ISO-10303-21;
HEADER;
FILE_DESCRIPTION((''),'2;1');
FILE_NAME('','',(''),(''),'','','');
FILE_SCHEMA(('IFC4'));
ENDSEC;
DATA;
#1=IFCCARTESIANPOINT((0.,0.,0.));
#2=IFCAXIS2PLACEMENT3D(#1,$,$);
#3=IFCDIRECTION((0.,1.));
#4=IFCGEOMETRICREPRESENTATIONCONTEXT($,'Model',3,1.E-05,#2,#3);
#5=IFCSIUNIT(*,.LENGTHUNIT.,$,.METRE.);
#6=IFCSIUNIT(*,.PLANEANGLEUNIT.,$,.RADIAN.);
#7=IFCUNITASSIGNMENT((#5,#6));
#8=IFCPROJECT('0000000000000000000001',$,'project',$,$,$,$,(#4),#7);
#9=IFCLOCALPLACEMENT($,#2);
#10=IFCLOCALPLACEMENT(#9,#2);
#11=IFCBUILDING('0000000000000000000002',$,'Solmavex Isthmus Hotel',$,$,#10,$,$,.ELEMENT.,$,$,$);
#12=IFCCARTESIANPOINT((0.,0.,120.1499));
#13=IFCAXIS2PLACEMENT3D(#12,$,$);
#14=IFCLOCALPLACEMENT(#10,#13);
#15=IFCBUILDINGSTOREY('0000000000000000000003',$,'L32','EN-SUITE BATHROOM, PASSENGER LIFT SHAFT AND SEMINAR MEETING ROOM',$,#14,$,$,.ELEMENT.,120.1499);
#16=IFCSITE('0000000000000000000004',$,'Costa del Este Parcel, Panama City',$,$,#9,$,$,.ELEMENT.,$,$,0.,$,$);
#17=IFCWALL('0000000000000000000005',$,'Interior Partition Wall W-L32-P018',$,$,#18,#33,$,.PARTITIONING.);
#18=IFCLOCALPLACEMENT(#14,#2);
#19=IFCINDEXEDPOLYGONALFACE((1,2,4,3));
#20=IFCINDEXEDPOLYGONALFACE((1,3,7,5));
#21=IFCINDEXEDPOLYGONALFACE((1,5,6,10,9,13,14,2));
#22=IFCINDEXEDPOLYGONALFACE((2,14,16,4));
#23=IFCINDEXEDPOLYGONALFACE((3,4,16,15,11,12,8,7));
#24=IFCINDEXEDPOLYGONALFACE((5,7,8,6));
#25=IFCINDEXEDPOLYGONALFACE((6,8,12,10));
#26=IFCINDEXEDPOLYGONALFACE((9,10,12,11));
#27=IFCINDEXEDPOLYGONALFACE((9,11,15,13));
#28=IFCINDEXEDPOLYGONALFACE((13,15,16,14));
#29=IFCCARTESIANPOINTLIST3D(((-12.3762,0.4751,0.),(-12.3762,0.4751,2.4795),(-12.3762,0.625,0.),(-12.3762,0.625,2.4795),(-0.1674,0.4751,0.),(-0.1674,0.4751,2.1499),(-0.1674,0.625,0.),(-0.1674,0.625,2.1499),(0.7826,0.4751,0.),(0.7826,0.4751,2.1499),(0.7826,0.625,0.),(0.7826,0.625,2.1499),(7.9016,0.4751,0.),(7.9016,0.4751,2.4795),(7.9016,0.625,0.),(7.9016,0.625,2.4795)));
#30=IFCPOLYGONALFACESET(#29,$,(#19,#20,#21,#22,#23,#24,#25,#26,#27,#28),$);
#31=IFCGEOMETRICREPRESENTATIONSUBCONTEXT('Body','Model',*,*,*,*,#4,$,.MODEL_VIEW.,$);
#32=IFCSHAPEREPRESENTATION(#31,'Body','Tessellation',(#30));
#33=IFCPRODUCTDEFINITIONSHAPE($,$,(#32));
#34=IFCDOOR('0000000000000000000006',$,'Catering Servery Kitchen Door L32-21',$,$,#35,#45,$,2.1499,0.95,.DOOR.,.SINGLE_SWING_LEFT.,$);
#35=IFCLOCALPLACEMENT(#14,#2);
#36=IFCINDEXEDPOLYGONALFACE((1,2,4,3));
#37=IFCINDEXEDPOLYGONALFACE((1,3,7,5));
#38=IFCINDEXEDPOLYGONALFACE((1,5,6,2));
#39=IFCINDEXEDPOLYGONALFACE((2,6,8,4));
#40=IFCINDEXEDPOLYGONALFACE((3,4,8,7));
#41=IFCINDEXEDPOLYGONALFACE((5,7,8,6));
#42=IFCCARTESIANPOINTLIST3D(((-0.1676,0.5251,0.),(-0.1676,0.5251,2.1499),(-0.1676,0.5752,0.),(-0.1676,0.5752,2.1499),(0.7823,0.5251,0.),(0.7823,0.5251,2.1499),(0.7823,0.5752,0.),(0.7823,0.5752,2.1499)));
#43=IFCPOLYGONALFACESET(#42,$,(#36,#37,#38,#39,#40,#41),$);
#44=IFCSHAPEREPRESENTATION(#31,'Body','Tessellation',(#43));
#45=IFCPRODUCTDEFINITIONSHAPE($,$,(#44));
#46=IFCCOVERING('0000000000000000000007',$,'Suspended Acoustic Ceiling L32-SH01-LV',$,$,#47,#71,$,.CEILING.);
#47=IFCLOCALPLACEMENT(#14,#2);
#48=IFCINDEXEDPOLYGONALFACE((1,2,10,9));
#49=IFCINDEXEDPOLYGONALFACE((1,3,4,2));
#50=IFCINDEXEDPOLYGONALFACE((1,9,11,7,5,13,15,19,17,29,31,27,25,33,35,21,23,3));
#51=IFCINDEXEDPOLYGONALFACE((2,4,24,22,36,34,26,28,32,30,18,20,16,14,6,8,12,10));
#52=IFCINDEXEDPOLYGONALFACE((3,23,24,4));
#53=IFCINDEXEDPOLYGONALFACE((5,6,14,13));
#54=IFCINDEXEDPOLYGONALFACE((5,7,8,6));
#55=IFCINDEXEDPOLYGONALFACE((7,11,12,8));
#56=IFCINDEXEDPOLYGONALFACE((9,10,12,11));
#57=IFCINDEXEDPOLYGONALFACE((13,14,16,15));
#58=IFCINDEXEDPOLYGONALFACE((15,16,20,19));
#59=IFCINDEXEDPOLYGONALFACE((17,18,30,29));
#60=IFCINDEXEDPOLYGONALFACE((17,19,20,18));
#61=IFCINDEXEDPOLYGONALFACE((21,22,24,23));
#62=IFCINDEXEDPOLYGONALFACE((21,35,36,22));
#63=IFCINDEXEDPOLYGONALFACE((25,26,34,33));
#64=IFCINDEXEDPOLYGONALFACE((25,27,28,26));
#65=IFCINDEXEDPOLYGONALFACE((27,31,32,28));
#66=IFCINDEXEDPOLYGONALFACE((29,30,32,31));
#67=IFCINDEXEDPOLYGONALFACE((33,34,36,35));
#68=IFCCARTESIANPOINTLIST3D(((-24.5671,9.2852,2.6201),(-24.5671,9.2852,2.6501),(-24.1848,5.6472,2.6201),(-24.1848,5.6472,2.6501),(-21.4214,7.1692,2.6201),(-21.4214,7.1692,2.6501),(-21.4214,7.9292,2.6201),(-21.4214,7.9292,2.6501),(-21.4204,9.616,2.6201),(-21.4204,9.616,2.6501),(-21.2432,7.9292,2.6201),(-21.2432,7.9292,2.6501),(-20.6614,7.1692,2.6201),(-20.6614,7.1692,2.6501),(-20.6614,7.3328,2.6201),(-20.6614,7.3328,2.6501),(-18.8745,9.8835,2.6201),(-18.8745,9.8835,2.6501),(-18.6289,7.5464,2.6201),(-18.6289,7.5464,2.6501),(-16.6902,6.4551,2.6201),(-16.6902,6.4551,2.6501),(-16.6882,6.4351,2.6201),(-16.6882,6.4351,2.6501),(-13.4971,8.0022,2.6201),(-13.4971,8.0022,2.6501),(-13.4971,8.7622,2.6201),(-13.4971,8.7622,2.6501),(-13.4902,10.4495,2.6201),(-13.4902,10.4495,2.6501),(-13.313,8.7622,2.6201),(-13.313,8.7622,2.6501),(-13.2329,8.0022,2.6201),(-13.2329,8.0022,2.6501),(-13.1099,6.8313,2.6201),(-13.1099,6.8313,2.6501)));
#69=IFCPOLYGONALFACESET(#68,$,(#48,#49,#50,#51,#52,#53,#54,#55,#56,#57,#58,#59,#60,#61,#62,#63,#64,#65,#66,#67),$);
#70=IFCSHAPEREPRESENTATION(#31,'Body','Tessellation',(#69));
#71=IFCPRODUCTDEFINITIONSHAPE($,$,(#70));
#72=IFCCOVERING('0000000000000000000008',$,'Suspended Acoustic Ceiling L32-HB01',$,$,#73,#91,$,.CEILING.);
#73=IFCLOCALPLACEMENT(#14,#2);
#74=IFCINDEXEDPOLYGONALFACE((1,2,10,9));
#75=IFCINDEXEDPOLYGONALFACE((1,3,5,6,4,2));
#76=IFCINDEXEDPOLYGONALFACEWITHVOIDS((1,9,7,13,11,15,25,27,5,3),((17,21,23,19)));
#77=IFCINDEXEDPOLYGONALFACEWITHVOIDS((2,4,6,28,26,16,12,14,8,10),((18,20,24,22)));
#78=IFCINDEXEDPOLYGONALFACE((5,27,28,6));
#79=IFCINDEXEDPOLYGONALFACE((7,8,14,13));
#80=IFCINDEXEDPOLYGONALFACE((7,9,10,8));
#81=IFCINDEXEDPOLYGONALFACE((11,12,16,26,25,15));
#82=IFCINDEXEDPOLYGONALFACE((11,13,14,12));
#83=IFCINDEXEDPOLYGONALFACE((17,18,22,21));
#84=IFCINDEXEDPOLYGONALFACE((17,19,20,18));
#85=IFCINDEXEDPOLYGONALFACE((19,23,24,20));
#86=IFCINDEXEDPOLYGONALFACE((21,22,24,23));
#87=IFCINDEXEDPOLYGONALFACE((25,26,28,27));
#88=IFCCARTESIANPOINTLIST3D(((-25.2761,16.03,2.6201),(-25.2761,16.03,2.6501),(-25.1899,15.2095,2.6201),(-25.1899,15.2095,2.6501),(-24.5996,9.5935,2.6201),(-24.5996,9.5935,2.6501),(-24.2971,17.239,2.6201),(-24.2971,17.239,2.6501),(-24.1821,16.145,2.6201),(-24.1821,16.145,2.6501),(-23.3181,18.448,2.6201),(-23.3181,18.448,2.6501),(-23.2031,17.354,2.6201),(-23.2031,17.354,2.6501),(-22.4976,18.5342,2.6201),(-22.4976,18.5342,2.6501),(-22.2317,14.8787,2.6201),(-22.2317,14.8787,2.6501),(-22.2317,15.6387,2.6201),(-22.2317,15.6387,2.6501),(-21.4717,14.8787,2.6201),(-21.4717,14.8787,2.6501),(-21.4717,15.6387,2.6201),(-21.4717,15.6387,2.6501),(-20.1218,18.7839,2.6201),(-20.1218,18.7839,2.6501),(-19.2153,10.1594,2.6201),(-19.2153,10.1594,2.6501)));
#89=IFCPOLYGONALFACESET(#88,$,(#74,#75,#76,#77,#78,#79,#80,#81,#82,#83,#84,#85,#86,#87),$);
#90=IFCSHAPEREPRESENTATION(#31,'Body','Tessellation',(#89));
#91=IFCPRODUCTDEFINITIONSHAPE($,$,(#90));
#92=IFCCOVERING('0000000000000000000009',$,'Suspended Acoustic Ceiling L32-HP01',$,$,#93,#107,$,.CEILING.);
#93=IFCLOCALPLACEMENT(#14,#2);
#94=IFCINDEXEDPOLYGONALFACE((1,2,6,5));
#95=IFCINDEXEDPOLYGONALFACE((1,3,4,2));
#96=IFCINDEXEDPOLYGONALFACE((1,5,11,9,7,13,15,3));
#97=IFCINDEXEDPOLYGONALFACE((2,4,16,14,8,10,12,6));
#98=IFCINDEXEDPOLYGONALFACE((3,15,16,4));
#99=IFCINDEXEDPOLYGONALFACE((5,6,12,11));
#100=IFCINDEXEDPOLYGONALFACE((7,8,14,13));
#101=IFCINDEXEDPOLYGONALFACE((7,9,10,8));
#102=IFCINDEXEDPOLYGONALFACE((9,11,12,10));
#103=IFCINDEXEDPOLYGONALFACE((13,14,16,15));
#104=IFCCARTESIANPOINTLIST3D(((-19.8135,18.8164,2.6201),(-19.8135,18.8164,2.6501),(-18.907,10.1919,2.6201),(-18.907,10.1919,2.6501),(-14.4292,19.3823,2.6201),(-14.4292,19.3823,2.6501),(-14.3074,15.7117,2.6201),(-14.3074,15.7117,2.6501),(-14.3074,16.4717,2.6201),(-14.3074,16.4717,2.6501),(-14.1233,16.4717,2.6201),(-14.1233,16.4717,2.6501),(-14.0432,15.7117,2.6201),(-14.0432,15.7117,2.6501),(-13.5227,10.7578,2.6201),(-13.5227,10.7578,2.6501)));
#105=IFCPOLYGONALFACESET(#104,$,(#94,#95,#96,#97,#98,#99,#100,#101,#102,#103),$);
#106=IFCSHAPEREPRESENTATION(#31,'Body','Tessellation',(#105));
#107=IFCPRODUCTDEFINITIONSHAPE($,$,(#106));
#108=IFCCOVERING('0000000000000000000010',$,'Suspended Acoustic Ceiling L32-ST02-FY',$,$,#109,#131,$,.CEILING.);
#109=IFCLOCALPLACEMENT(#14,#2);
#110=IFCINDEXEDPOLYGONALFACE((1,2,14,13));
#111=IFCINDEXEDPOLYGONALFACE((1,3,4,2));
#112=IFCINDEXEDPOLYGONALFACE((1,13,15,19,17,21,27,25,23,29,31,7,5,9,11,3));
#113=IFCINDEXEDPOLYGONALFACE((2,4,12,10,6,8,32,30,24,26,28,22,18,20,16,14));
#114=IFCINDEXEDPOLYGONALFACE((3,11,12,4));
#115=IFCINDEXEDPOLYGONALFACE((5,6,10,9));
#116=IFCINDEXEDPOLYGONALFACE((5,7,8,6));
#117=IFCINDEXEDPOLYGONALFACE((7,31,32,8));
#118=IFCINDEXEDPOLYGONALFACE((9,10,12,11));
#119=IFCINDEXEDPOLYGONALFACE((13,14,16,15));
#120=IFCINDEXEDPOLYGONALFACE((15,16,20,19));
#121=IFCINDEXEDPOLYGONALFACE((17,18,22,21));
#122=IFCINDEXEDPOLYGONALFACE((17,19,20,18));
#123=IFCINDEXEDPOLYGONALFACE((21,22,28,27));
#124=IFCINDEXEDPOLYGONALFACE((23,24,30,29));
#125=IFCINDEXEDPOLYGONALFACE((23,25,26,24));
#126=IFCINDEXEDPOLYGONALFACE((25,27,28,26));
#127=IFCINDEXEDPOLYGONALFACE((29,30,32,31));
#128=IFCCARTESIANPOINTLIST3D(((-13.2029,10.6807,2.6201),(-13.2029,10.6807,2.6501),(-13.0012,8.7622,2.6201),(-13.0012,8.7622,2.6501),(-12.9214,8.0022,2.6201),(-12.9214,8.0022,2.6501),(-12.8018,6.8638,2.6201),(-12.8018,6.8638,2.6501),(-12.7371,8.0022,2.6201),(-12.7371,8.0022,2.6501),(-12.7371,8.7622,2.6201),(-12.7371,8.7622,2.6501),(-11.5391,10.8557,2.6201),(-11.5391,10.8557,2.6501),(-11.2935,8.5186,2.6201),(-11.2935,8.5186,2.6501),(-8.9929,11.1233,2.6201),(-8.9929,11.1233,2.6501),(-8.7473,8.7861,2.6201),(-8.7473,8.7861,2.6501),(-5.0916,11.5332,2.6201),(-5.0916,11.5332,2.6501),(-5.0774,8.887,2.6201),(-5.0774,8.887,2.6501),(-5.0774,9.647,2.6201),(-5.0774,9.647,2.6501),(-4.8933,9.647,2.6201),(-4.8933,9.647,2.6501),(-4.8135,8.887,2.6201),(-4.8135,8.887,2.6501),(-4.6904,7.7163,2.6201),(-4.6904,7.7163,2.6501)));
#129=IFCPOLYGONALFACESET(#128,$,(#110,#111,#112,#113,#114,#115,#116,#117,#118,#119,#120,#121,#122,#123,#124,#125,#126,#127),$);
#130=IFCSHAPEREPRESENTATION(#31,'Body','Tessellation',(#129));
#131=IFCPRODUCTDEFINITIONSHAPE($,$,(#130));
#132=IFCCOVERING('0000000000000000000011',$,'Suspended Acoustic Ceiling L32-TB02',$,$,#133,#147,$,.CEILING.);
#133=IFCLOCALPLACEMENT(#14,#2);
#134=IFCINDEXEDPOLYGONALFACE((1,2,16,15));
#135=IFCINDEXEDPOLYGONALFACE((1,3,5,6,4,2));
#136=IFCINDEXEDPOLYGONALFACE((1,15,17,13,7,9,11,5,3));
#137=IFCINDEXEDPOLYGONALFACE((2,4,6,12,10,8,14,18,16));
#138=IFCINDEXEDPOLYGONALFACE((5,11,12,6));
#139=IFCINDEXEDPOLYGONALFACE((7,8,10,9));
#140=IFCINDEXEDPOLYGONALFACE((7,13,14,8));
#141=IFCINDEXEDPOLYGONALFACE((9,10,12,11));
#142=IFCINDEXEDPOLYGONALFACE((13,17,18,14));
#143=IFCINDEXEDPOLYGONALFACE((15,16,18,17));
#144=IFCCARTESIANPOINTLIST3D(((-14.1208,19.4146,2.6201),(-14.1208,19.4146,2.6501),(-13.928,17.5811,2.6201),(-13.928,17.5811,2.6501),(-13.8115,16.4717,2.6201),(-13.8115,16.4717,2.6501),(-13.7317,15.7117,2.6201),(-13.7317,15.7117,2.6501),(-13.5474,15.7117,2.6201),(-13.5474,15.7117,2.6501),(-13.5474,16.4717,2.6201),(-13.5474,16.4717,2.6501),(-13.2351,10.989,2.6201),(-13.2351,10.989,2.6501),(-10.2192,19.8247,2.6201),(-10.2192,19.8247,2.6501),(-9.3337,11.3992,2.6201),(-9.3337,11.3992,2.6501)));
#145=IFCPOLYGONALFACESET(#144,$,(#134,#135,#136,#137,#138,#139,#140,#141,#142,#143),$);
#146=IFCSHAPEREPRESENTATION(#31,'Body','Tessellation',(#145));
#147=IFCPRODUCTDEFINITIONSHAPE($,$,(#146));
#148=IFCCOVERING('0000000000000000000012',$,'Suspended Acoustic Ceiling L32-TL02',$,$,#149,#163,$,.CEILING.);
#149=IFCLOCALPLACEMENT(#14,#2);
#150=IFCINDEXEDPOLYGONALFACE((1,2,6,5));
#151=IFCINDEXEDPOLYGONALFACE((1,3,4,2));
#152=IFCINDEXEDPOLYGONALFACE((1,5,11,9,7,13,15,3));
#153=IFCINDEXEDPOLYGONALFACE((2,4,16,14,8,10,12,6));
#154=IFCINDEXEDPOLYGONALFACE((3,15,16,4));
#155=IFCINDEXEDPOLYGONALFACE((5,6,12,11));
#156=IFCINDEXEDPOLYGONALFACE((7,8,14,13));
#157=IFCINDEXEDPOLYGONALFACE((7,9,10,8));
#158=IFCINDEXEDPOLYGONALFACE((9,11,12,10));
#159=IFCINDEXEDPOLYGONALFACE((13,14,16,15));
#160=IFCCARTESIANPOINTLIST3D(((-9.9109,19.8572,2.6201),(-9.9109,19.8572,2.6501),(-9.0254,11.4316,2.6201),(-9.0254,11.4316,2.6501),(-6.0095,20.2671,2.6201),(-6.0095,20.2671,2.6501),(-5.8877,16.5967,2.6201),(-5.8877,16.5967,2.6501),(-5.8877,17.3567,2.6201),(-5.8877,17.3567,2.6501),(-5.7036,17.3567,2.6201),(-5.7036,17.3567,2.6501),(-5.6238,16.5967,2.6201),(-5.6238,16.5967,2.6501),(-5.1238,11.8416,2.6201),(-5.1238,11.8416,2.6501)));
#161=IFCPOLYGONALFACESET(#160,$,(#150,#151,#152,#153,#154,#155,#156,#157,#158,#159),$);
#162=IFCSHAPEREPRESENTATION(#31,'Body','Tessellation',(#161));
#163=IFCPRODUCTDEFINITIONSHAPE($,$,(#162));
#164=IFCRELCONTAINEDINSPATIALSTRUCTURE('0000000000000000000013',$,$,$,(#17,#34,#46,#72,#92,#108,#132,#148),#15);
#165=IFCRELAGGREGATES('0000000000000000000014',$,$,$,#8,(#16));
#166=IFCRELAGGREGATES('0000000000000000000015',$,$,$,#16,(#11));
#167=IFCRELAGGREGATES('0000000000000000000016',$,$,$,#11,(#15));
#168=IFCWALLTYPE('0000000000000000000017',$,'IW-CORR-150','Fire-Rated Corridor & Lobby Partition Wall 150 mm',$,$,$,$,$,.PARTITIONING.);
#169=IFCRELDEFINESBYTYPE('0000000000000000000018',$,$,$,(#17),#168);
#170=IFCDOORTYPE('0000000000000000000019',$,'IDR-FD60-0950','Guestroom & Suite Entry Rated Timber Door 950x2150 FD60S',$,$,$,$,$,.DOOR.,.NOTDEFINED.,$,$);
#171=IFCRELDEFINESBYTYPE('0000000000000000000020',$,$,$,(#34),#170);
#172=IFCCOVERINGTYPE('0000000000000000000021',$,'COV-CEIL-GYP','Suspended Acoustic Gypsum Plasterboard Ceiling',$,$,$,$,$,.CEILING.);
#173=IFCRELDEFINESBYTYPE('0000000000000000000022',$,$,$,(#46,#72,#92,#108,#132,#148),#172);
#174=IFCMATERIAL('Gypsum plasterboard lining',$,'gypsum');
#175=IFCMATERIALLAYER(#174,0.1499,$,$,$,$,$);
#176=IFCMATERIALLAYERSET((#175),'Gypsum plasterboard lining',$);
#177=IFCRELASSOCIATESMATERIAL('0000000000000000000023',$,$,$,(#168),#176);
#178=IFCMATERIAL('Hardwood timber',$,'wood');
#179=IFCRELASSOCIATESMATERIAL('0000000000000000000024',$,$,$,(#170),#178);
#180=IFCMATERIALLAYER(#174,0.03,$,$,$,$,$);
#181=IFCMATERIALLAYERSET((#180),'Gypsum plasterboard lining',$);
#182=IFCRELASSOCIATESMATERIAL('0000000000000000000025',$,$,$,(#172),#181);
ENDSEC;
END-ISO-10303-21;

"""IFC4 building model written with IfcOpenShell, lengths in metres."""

from ifc_helpers import new_model, si_unit, direction, frame, frame_2d, origin, place, context, subcontext, project, spatial, polyline, rectangle, outline, extrude, material, layer, layer_set, type_object, element, fill, save


model = new_model("IFC4")

# Units and contexts
model_context = context("Model", 3, precision=1e-05, world=origin(), true_north=direction((0.0, 1.0)))
body_context = subcontext(model_context, "Body", "Model", "MODEL_VIEW")
ifc_project = project(units=[si_unit("LENGTHUNIT", "METRE"), si_unit("PLANEANGLEUNIT", "RADIAN")], contexts=[model_context])

# Site, building, storey
site_placement = place(None, origin())
site = spatial("IfcSite", under=ifc_project, at=site_placement, Name="Costa del Este Parcel, Panama City", CompositionType="ELEMENT", RefElevation=0.0)
building_placement = place(site_placement, origin())
building = spatial("IfcBuilding", under=site, at=building_placement, Name="Solmavex Isthmus Hotel", CompositionType="ELEMENT")
storey_placement = place(building_placement, frame((0.0, 0.0, 120.1499)))
storey = spatial("IfcBuildingStorey", under=building, at=storey_placement, Name="L32", Description="EN-SUITE BATHROOM, PASSENGER LIFT SHAFT AND SEMINAR MEETING ROOM", CompositionType="ELEMENT", Elevation=120.1499)

# Shared definitions
ifc_material_1 = material(Name="Gypsum plasterboard lining", Category="gypsum")

# Wall, opening, door
ifc_layer_1 = layer(ifc_material_1, 0.1499)
ifc_layer_set_1 = layer_set([ifc_layer_1], Name="Gypsum plasterboard lining")
wall_type_1 = type_object("IfcWallType", Name="IW-CORR-150", Description="Fire-Rated Corridor & Lobby Partition Wall 150 mm", PredefinedType="PARTITIONING", material=ifc_layer_set_1)
wall_1_placement = place(storey_placement, frame((-12.3762, 0.55, 0.0), z_axis=(0.0, 0.0, 1.0), x_axis=(1.0, 0.0, 0.0)))
wall_1 = element("IfcWall", 1, at=wall_1_placement, inside=storey, type_object=wall_type_1, Name="Interior Partition Wall W-L32-P018", PredefinedType="PARTITIONING", context=body_context, shape_type="SweptSolid", body=[
    extrude(rectangle(XDim=20.2778, YDim=0.1499, at=frame_2d((10.1389, 0.0))), origin(), (0.0, 0.0, 1.0), 2.4795),
])
opening_placement = place(wall_1_placement, frame((12.2087, 0.0, 0.0)))
opening = element("IfcOpeningElement", 2, at=opening_placement, cuts=wall_1, PredefinedType="OPENING", context=body_context, shape_type="SweptSolid", body=[
    extrude(rectangle(XDim=0.95, YDim=2.1499, at=frame_2d((0.4751, 1.075))), frame((0.0, 0.085, 0.0), z_axis=(0.0, -1.0, 0.0), x_axis=(1.0, 0.0, 0.0)), (0.0, 0.0, 1.0), 0.1699),
])
ifc_material_2 = material(Name="Hardwood timber", Category="wood")
door_type = type_object("IfcDoorType", Name="IDR-FD60-0950", Description="Guestroom & Suite Entry Rated Timber Door 950x2150 FD60S", OperationType="NOTDEFINED", PredefinedType="DOOR", material=ifc_material_2)
door_placement = place(opening_placement, frame((0.95, 0.0, 0.0), z_axis=(0.0, 0.0, 1.0), x_axis=(-1.0, 0.0, 0.0)))
door = element("IfcDoor", 3, at=door_placement, inside=storey, type_object=door_type, Name="Catering Servery Kitchen Door L32-21", OperationType="SINGLE_SWING_LEFT", OverallHeight=2.1499, OverallWidth=0.95, PredefinedType="DOOR", context=body_context, shape_type="SweptSolid", body=[
    extrude(rectangle(XDim=0.95, YDim=2.1499, at=frame_2d((0.4751, 1.075))), frame((0.0, 0.0249, 0.0), z_axis=(0.0, -1.0, 0.0), x_axis=(1.0, 0.0, 0.0)), (0.0, 0.0, 1.0), 0.05),
])
fill(opening, door)

# Coverings
ifc_layer_2 = layer(ifc_material_1, 0.03)
ifc_layer_set_2 = layer_set([ifc_layer_2], Name="Gypsum plasterboard lining")
covering_type_1 = type_object("IfcCoveringType", Name="COV-CEIL-GYP", Description="Suspended Acoustic Gypsum Plasterboard Ceiling", PredefinedType="CEILING", material=ifc_layer_set_2)
covering_1_placement = place(storey_placement, frame((0.0, 0.0, 2.6201)))
element("IfcCovering", 4, at=covering_1_placement, inside=storey, type_object=covering_type_1, Name="Suspended Acoustic Ceiling L32-SH01-LV", PredefinedType="CEILING", context=body_context, shape_type="SweptSolid", body=[
    extrude(outline(polyline([(-21.4204, 9.616), (-24.5671, 9.2852), (-24.1848, 5.6472), (-16.6882, 6.4351), (-16.6902, 6.4551), (-13.1099, 6.8313), (-13.2329, 8.0022), (-13.4971, 8.0022), (-13.4971, 8.7622), (-13.313, 8.7622), (-13.4902, 10.4495), (-18.8745, 9.8835), (-18.6289, 7.5464), (-20.6614, 7.3328), (-20.6614, 7.1692), (-21.4214, 7.1692), (-21.4214, 7.9292), (-21.2432, 7.9292), (-21.4204, 9.616)])), origin(), (0.0, 0.0, 1.0), 0.03),
])
covering_2_placement = place(storey_placement, frame((0.0, 0.0, 2.6201)))
element("IfcCovering", 5, at=covering_2_placement, inside=storey, type_object=covering_type_1, Name="Suspended Acoustic Ceiling L32-HB01", PredefinedType="CEILING", context=body_context, shape_type="SweptSolid", body=[
    extrude(outline(polyline([(-25.2761, 16.03), (-25.1899, 15.2095), (-24.5996, 9.5935), (-19.2153, 10.1594), (-20.1218, 18.7839), (-22.4976, 18.5342), (-23.3181, 18.448), (-23.2031, 17.354), (-24.2971, 17.239), (-24.1821, 16.145), (-25.2761, 16.03)]), holes=[polyline([(-22.2317, 14.8787), (-22.2317, 15.6387), (-21.4717, 15.6387), (-21.4717, 14.8787), (-22.2317, 14.8787)])]), origin(), (0.0, 0.0, 1.0), 0.03),
])
covering_3_placement = place(storey_placement, frame((0.0, 0.0, 2.6201)))
element("IfcCovering", 6, at=covering_3_placement, inside=storey, type_object=covering_type_1, Name="Suspended Acoustic Ceiling L32-HP01", PredefinedType="CEILING", context=body_context, shape_type="SweptSolid", body=[
    extrude(outline(polyline([(-14.0432, 15.7117), (-14.3074, 15.7117), (-14.3074, 16.4717), (-14.1233, 16.4717), (-14.4292, 19.3823), (-19.8135, 18.8164), (-18.907, 10.1919), (-13.5227, 10.7578), (-14.0432, 15.7117)])), origin(), (0.0, 0.0, 1.0), 0.03),
])
covering_4_placement = place(storey_placement, frame((0.0, 0.0, 2.6201)))
element("IfcCovering", 7, at=covering_4_placement, inside=storey, type_object=covering_type_1, Name="Suspended Acoustic Ceiling L32-ST02-FY", PredefinedType="CEILING", context=body_context, shape_type="SweptSolid", body=[
    extrude(outline(polyline([(-4.8135, 8.887), (-5.0774, 8.887), (-5.0774, 9.647), (-4.8933, 9.647), (-5.0916, 11.5332), (-8.9929, 11.1233), (-8.7473, 8.7861), (-11.2935, 8.5186), (-11.5391, 10.8557), (-13.2029, 10.6807), (-13.0012, 8.7622), (-12.7371, 8.7622), (-12.7371, 8.0022), (-12.9214, 8.0022), (-12.8018, 6.8638), (-4.6904, 7.7163), (-4.8135, 8.887)])), origin(), (0.0, 0.0, 1.0), 0.03),
])
covering_5_placement = place(storey_placement, frame((0.0, 0.0, 2.6201)))
element("IfcCovering", 8, at=covering_5_placement, inside=storey, type_object=covering_type_1, Name="Suspended Acoustic Ceiling L32-TB02", PredefinedType="CEILING", context=body_context, shape_type="SweptSolid", body=[
    extrude(outline(polyline([(-13.8115, 16.4717), (-13.5474, 16.4717), (-13.5474, 15.7117), (-13.7317, 15.7117), (-13.2351, 10.989), (-9.3337, 11.3992), (-10.2192, 19.8247), (-14.1208, 19.4146), (-13.928, 17.5811), (-13.8115, 16.4717)])), origin(), (0.0, 0.0, 1.0), 0.03),
])
covering_6_placement = place(storey_placement, frame((0.0, 0.0, 2.6201)))
element("IfcCovering", 9, at=covering_6_placement, inside=storey, type_object=covering_type_1, Name="Suspended Acoustic Ceiling L32-TL02", PredefinedType="CEILING", context=body_context, shape_type="SweptSolid", body=[
    extrude(outline(polyline([(-5.6238, 16.5967), (-5.8877, 16.5967), (-5.8877, 17.3567), (-5.7036, 17.3567), (-6.0095, 20.2671), (-9.9109, 19.8572), (-9.0254, 11.4316), (-5.1238, 11.8416), (-5.6238, 16.5967)])), origin(), (0.0, 0.0, 1.0), 0.03),
])

save(model, "model.ifc")
